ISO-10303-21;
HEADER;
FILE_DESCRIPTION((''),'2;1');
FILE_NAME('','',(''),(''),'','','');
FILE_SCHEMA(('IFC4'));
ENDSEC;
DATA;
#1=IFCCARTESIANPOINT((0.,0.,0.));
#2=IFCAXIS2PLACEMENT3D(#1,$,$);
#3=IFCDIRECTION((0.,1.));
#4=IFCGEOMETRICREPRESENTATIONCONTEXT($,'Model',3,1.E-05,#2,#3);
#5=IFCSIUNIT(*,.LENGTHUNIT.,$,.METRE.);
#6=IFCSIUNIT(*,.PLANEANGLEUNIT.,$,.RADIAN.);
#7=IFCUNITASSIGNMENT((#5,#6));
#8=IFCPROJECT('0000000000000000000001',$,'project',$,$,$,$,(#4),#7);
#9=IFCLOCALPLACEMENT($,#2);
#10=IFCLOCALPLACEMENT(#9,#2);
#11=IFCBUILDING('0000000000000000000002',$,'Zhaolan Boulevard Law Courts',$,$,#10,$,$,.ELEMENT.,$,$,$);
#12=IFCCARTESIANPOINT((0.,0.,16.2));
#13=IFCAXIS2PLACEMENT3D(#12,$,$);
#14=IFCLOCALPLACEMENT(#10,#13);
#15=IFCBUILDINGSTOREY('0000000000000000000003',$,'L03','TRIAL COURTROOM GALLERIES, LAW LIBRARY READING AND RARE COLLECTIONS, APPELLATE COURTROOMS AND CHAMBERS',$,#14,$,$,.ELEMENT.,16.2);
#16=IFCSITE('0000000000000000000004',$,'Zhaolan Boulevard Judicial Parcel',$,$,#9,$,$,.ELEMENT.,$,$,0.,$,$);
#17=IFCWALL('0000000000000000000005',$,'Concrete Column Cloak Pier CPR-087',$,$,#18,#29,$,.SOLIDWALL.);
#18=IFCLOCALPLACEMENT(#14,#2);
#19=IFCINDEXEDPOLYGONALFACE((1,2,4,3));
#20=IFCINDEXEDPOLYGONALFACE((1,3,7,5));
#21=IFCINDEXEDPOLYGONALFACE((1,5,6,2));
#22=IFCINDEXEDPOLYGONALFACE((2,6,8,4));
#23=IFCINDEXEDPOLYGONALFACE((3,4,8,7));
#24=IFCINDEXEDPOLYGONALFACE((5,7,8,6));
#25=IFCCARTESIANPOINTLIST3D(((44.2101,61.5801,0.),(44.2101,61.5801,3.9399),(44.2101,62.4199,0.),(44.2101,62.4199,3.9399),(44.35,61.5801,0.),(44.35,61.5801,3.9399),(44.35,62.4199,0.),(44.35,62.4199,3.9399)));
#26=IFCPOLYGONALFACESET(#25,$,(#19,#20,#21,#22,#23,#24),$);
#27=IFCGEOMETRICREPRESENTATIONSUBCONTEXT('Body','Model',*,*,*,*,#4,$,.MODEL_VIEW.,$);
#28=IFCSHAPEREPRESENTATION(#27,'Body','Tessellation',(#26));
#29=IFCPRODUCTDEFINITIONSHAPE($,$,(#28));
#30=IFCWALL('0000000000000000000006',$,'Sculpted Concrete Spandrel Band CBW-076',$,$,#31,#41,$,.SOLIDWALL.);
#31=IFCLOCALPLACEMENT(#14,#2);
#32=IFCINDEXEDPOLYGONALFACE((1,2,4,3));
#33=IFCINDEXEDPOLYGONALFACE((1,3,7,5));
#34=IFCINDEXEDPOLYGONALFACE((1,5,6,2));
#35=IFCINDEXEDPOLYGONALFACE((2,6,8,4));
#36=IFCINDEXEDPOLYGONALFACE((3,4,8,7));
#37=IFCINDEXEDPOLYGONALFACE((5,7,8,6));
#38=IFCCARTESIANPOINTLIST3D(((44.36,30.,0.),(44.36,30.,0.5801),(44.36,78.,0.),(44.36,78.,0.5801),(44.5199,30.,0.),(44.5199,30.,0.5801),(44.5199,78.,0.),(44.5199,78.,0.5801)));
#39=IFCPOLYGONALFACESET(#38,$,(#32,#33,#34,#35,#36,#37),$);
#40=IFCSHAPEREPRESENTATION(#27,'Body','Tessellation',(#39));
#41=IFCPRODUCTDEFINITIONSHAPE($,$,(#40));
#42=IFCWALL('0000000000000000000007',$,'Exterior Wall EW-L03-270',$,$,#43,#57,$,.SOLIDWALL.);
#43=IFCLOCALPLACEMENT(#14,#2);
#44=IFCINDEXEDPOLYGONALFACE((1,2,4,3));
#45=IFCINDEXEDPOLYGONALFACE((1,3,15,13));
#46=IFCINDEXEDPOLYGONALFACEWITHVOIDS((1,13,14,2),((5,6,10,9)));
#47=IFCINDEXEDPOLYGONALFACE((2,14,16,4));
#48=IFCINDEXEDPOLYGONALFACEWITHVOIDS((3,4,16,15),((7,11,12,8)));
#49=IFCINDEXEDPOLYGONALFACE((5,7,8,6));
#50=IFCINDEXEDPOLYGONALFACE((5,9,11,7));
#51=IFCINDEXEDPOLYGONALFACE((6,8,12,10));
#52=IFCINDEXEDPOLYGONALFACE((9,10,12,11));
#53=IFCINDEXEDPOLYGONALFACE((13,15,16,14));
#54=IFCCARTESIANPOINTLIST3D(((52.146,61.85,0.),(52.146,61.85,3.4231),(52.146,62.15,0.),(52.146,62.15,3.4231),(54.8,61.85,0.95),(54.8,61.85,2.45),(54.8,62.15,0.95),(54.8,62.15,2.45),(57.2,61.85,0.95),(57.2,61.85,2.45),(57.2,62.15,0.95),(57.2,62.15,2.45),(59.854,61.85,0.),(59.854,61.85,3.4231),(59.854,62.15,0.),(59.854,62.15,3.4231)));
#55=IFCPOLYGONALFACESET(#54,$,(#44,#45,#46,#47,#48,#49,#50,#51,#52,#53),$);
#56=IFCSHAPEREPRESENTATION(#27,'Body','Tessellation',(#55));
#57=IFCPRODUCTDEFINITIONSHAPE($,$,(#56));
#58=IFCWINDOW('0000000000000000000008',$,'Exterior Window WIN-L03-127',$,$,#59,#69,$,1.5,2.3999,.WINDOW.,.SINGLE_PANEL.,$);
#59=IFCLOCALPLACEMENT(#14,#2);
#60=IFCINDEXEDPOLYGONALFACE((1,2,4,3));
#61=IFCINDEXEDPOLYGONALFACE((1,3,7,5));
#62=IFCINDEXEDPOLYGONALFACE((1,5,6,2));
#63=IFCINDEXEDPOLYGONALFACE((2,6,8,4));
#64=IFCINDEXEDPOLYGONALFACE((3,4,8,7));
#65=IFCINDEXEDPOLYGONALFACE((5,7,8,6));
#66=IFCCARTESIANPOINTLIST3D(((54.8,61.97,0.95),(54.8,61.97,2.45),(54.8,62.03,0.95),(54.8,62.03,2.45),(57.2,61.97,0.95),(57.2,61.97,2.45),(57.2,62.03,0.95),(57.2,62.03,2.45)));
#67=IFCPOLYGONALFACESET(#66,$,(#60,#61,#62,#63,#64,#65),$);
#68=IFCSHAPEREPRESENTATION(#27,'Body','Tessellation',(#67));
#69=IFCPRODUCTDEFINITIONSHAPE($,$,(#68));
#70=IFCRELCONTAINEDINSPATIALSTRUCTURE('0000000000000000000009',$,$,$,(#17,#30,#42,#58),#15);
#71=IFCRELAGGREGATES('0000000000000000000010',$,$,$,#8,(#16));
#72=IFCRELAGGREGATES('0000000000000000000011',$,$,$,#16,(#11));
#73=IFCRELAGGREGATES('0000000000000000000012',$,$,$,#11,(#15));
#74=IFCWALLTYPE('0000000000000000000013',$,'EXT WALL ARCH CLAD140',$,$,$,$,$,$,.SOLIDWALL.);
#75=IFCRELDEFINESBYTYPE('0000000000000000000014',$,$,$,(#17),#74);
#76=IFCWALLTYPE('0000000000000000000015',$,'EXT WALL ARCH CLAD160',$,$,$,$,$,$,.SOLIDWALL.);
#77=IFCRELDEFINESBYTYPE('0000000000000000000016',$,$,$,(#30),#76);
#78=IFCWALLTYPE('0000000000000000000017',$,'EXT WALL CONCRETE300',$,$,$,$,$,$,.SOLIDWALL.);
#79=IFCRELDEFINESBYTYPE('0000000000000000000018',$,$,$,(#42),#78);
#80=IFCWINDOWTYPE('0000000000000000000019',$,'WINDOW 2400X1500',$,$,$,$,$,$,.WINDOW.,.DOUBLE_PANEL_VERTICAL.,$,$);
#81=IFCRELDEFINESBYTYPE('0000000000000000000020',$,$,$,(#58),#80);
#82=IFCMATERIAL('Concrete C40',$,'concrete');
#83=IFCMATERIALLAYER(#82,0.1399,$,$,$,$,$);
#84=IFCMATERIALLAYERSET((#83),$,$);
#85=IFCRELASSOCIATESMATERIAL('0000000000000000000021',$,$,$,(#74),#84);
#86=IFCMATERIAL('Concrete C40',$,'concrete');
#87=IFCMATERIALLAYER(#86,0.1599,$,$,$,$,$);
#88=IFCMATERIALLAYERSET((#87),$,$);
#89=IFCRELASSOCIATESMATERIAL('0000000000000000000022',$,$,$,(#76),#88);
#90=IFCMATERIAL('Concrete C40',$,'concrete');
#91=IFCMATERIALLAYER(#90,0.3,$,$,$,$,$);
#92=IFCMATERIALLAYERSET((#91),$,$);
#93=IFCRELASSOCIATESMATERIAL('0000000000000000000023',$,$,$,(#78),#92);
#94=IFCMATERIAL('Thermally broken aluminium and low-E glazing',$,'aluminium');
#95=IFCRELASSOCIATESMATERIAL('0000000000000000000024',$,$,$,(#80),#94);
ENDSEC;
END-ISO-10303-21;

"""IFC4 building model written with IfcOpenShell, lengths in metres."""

from ifc_helpers import new_model, si_unit, direction, frame, frame_2d, origin, place, context, subcontext, project, spatial, rectangle, extrude, material, layer, layer_set, type_object, element, fill, save


model = new_model("IFC4")

# Units and contexts
model_context = context("Model", 3, precision=1e-05, world=origin(), true_north=direction((0.0, 1.0)))
body_context = subcontext(model_context, "Body", "Model", "MODEL_VIEW")
ifc_project = project(units=[si_unit("LENGTHUNIT", "METRE"), si_unit("PLANEANGLEUNIT", "RADIAN")], contexts=[model_context])

# Site, building, storey
site_placement = place(None, origin())
site = spatial("IfcSite", under=ifc_project, at=site_placement, Name="Zhaolan Boulevard Judicial Parcel", CompositionType="ELEMENT", RefElevation=0.0)
building_placement = place(site_placement, origin())
building = spatial("IfcBuilding", under=site, at=building_placement, Name="Zhaolan Boulevard Law Courts", CompositionType="ELEMENT")
storey_placement = place(building_placement, frame((0.0, 0.0, 16.2)))
storey = spatial("IfcBuildingStorey", under=building, at=storey_placement, Name="L03", Description="TRIAL COURTROOM GALLERIES, LAW LIBRARY READING AND RARE COLLECTIONS, APPELLATE COURTROOMS AND CHAMBERS", CompositionType="ELEMENT", Elevation=16.2)

# Walls
ifc_material_1 = material(Name="Concrete C40", Category="concrete")
ifc_layer_1 = layer(ifc_material_1, 0.1399)
ifc_layer_set_1 = layer_set([ifc_layer_1])
wall_type_1 = type_object("IfcWallType", Name="EXT WALL ARCH CLAD140", PredefinedType="SOLIDWALL", material=ifc_layer_set_1)
for number, where, z_axis, x_axis, name in (
    (1, (44.28, 61.5801, 0.0), (0.0, 0.0, 1.0), (0.0, 1.0, 0.0), "Concrete Column Cloak Pier CPR-087"),
):
    element("IfcWall", number, at=place(storey_placement, frame(where, z_axis=z_axis, x_axis=x_axis)), inside=storey, type_object=wall_type_1, Name=name, PredefinedType="SOLIDWALL", context=body_context, shape_type="SweptSolid", body=[
        extrude(rectangle(XDim=0.8398, YDim=0.1399, at=frame_2d((0.4199, 0.0))), origin(), (0.0, 0.0, 1.0), 3.9399),
    ])
ifc_material_2 = material(Name="Concrete C40", Category="concrete")
ifc_layer_2 = layer(ifc_material_2, 0.1599)
ifc_layer_set_2 = layer_set([ifc_layer_2])
wall_type_2 = type_object("IfcWallType", Name="EXT WALL ARCH CLAD160", PredefinedType="SOLIDWALL", material=ifc_layer_set_2)
wall_1_placement = place(storey_placement, frame((44.4399, 30.0, 0.0), z_axis=(0.0, 0.0, 1.0), x_axis=(0.0, 1.0, 0.0)))
element("IfcWall", 2, at=wall_1_placement, inside=storey, type_object=wall_type_2, Name="Sculpted Concrete Spandrel Band CBW-076", PredefinedType="SOLIDWALL", context=body_context, shape_type="SweptSolid", body=[
    extrude(rectangle(XDim=48.0, YDim=0.1599, at=frame_2d((24.0, 0.0))), origin(), (0.0, 0.0, 1.0), 0.5801),
])

# Wall, opening, window
ifc_material_3 = material(Name="Concrete C40", Category="concrete")
ifc_layer_3 = layer(ifc_material_3, 0.3)
ifc_layer_set_3 = layer_set([ifc_layer_3])
wall_type_3 = type_object("IfcWallType", Name="EXT WALL CONCRETE300", PredefinedType="SOLIDWALL", material=ifc_layer_set_3)
wall_2_placement = place(storey_placement, frame((52.146, 62.0, 0.0), z_axis=(0.0, 0.0, 1.0), x_axis=(1.0, 0.0, 0.0)))
wall_2 = element("IfcWall", 3, at=wall_2_placement, inside=storey, type_object=wall_type_3, Name="Exterior Wall EW-L03-270", PredefinedType="SOLIDWALL", context=body_context, shape_type="SweptSolid", body=[
    extrude(rectangle(XDim=7.708, YDim=0.3, at=frame_2d((3.854, 0.0))), origin(), (0.0, 0.0, 1.0), 3.4231),
])
opening_placement = place(wall_2_placement, frame((2.6541, 0.0, 0.95)))
opening = element("IfcOpeningElement", 4, at=opening_placement, cuts=wall_2, PredefinedType="OPENING", context=body_context, shape_type="SweptSolid", body=[
    extrude(rectangle(XDim=2.3999, YDim=1.5, at=frame_2d((1.2, 0.75))), frame((0.0, 0.1599, 0.0), z_axis=(0.0, -1.0, 0.0), x_axis=(1.0, 0.0, 0.0)), (0.0, 0.0, 1.0), 0.3201),
])
ifc_material_4 = material(Name="Thermally broken aluminium and low-E glazing", Category="aluminium")
window_type = type_object("IfcWindowType", Name="WINDOW 2400X1500", PartitioningType="DOUBLE_PANEL_VERTICAL", PredefinedType="WINDOW", material=ifc_material_4)
window_placement = place(opening_placement, origin())
window = element("IfcWindow", 5, at=window_placement, inside=storey, type_object=window_type, Name="Exterior Window WIN-L03-127", OverallHeight=1.5, OverallWidth=2.3999, PartitioningType="SINGLE_PANEL", PredefinedType="WINDOW", context=body_context, shape_type="SweptSolid", body=[
    extrude(rectangle(XDim=2.3999, YDim=1.5, at=frame_2d((1.2, 0.75))), frame((0.0, 0.03, 0.0), z_axis=(0.0, -1.0, 0.0), x_axis=(1.0, 0.0, 0.0)), (0.0, 0.0, 1.0), 0.0601),
])
fill(opening, window)

save(model, "model.ifc")
